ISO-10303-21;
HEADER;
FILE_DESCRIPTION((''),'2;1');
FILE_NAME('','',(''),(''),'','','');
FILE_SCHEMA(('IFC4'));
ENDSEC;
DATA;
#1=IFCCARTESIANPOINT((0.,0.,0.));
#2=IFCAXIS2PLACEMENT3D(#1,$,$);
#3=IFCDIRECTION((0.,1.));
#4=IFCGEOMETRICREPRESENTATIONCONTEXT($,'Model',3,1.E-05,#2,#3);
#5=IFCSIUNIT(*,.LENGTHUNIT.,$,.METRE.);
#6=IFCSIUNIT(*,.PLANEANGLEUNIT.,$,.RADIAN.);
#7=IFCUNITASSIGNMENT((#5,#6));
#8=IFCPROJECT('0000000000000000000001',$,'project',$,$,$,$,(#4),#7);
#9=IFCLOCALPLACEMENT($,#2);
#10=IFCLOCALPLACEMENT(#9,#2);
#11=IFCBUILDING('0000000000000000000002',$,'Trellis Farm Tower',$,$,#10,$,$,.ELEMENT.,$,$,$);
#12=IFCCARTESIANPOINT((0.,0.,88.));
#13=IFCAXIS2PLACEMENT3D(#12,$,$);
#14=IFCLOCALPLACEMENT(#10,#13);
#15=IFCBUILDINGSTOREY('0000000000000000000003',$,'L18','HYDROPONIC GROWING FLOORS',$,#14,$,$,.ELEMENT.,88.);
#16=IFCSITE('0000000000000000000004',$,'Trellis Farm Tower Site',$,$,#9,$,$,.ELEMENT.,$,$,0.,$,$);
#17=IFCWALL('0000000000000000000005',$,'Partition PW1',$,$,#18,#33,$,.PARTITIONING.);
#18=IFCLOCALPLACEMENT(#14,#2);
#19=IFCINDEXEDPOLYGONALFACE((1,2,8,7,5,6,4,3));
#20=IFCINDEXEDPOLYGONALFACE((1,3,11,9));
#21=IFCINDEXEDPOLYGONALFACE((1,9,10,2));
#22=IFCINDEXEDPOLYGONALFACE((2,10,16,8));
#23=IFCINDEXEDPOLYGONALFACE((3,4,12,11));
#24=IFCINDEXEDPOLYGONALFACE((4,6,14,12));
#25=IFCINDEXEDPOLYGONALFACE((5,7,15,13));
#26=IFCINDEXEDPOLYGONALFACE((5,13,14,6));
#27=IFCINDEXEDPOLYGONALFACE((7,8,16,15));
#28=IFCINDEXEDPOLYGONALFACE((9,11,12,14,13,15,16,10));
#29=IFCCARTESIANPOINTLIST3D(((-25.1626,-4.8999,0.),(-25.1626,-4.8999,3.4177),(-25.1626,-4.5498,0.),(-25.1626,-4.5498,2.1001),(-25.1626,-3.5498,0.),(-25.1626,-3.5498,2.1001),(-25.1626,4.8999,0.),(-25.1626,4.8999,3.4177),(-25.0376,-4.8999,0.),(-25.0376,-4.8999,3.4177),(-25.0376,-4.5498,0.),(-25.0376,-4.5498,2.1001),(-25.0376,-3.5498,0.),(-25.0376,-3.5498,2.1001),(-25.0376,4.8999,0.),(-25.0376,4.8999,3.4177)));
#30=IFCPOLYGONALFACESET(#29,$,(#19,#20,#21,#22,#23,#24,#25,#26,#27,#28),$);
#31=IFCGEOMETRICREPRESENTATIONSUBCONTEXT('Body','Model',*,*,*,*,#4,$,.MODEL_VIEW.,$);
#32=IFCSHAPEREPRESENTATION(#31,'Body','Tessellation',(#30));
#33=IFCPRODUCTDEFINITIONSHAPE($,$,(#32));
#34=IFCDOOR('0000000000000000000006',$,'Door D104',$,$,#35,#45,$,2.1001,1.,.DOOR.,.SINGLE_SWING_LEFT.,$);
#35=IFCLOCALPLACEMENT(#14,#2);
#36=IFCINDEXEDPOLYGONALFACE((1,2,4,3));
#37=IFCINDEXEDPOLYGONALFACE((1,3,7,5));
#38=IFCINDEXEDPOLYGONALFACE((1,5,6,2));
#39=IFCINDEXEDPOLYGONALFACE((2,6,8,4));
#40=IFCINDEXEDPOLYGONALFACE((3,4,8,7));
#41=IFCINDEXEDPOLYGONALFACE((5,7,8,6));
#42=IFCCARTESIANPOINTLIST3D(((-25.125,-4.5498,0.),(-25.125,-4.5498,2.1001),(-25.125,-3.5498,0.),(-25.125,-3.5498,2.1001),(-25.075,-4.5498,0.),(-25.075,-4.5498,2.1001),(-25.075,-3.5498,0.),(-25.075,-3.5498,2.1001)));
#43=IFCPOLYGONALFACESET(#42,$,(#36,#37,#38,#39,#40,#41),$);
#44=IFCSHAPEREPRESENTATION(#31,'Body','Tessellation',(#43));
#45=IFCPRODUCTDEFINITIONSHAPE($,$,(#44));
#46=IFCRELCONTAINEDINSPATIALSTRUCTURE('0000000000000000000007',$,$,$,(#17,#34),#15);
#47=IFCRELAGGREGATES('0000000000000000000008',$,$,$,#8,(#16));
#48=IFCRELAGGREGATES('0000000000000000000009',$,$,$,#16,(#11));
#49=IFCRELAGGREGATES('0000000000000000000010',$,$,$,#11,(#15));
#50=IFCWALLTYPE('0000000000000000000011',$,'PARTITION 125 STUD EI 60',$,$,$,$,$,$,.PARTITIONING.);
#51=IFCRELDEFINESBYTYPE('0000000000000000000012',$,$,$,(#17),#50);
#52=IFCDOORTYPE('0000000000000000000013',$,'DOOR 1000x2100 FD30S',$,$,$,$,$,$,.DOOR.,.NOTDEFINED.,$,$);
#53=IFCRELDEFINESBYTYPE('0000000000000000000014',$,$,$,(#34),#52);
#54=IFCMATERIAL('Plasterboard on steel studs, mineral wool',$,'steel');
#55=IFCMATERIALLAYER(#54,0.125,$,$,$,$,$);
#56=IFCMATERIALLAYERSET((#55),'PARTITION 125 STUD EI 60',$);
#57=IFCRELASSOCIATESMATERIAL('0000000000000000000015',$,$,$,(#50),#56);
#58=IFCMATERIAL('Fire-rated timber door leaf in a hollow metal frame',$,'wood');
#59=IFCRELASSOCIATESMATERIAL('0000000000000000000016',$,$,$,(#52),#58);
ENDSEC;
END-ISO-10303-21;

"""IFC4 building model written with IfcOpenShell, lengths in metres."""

from ifc_helpers import new_model, si_unit, direction, frame, frame_2d, origin, place, context, subcontext, project, spatial, rectangle, extrude, source, transform, mapped, material, layer, layer_set, type_object, element, fill, save


model = new_model("IFC4")

# Units and contexts
model_context = context("Model", 3, precision=1e-05, world=origin(), true_north=direction((0.0, 1.0)))
body_context = subcontext(model_context, "Body", "Model", "MODEL_VIEW")
ifc_project = project(units=[si_unit("LENGTHUNIT", "METRE"), si_unit("PLANEANGLEUNIT", "RADIAN")], contexts=[model_context])

# Site, building, storey
site_placement = place(None, origin())
site = spatial("IfcSite", under=ifc_project, at=site_placement, Name="Trellis Farm Tower Site", CompositionType="ELEMENT", RefElevation=0.0)
building_placement = place(site_placement, origin())
building = spatial("IfcBuilding", under=site, at=building_placement, Name="Trellis Farm Tower", CompositionType="ELEMENT")
storey_placement = place(building_placement, frame((0.0, 0.0, 88.0)))
storey = spatial("IfcBuildingStorey", under=building, at=storey_placement, Name="L18", Description="HYDROPONIC GROWING FLOORS", CompositionType="ELEMENT", Elevation=88.0)

# Wall, opening, door
ifc_material_1 = material(Name="Plasterboard on steel studs, mineral wool", Category="steel")
ifc_layer_1 = layer(ifc_material_1, 0.125)
ifc_layer_set_1 = layer_set([ifc_layer_1], Name="PARTITION 125 STUD EI 60")
wall_type_1 = type_object("IfcWallType", Name="PARTITION 125 STUD EI 60", PredefinedType="PARTITIONING", material=ifc_layer_set_1)
shared_shape_1 = source(origin(), body_context, "Body", "SweptSolid", [
    extrude(rectangle(XDim=9.7998, YDim=0.125, at=frame_2d((4.8999, 0.0))), origin(), (0.0, 0.0, 1.0), 3.4177),
])
wall_1_placement = place(storey_placement, frame((-25.1001, -4.8999, 0.0), z_axis=(0.0, 0.0, 1.0), x_axis=(0.0, 1.0, 0.0)))
wall_1 = element("IfcWall", 1, at=wall_1_placement, inside=storey, type_object=wall_type_1, Name="Partition PW1", PredefinedType="PARTITIONING", context=body_context, shape_type="MappedRepresentation", body=[
    mapped(shared_shape_1, transform((0.0, 0.0, 0.0))),
])
shared_shape_2 = source(origin(), body_context, "Body", "SweptSolid", [
    extrude(rectangle(XDim=1.0, YDim=2.1001, at=frame_2d((0.5, 1.05))), frame((0.0, 0.0725, 0.0), z_axis=(0.0, -1.0, 0.0), x_axis=(1.0, 0.0, 0.0)), (0.0, 0.0, 1.0), 0.145),
])
opening_1_placement = place(wall_1_placement, frame((0.3501, 0.0, 0.0)))
opening_1 = element("IfcOpeningElement", 2, at=opening_1_placement, cuts=wall_1, PredefinedType="OPENING", context=body_context, shape_type="MappedRepresentation", body=[
    mapped(shared_shape_2, transform((0.0, 0.0, 0.0))),
])
ifc_material_2 = material(Name="Fire-rated timber door leaf in a hollow metal frame", Category="wood")
door_type_1 = type_object("IfcDoorType", Name="DOOR 1000x2100 FD30S", OperationType="NOTDEFINED", PredefinedType="DOOR", material=ifc_material_2)
shared_shape_3 = source(origin(), body_context, "Body", "SweptSolid", [
    extrude(rectangle(XDim=1.0, YDim=2.1001, at=frame_2d((0.5, 1.05))), frame((0.0, 0.0249, 0.0), z_axis=(0.0, -1.0, 0.0), x_axis=(1.0, 0.0, 0.0)), (0.0, 0.0, 1.0), 0.05),
])
door_1_placement = place(opening_1_placement, origin())
door_1 = element("IfcDoor", 3, at=door_1_placement, inside=storey, type_object=door_type_1, Name="Door D104", OperationType="SINGLE_SWING_LEFT", OverallHeight=2.1001, OverallWidth=1.0, PredefinedType="DOOR", context=body_context, shape_type="MappedRepresentation", body=[
    mapped(shared_shape_3, transform((0.0, 0.0, 0.0))),
])
fill(opening_1, door_1)

save(model, "model.ifc")
